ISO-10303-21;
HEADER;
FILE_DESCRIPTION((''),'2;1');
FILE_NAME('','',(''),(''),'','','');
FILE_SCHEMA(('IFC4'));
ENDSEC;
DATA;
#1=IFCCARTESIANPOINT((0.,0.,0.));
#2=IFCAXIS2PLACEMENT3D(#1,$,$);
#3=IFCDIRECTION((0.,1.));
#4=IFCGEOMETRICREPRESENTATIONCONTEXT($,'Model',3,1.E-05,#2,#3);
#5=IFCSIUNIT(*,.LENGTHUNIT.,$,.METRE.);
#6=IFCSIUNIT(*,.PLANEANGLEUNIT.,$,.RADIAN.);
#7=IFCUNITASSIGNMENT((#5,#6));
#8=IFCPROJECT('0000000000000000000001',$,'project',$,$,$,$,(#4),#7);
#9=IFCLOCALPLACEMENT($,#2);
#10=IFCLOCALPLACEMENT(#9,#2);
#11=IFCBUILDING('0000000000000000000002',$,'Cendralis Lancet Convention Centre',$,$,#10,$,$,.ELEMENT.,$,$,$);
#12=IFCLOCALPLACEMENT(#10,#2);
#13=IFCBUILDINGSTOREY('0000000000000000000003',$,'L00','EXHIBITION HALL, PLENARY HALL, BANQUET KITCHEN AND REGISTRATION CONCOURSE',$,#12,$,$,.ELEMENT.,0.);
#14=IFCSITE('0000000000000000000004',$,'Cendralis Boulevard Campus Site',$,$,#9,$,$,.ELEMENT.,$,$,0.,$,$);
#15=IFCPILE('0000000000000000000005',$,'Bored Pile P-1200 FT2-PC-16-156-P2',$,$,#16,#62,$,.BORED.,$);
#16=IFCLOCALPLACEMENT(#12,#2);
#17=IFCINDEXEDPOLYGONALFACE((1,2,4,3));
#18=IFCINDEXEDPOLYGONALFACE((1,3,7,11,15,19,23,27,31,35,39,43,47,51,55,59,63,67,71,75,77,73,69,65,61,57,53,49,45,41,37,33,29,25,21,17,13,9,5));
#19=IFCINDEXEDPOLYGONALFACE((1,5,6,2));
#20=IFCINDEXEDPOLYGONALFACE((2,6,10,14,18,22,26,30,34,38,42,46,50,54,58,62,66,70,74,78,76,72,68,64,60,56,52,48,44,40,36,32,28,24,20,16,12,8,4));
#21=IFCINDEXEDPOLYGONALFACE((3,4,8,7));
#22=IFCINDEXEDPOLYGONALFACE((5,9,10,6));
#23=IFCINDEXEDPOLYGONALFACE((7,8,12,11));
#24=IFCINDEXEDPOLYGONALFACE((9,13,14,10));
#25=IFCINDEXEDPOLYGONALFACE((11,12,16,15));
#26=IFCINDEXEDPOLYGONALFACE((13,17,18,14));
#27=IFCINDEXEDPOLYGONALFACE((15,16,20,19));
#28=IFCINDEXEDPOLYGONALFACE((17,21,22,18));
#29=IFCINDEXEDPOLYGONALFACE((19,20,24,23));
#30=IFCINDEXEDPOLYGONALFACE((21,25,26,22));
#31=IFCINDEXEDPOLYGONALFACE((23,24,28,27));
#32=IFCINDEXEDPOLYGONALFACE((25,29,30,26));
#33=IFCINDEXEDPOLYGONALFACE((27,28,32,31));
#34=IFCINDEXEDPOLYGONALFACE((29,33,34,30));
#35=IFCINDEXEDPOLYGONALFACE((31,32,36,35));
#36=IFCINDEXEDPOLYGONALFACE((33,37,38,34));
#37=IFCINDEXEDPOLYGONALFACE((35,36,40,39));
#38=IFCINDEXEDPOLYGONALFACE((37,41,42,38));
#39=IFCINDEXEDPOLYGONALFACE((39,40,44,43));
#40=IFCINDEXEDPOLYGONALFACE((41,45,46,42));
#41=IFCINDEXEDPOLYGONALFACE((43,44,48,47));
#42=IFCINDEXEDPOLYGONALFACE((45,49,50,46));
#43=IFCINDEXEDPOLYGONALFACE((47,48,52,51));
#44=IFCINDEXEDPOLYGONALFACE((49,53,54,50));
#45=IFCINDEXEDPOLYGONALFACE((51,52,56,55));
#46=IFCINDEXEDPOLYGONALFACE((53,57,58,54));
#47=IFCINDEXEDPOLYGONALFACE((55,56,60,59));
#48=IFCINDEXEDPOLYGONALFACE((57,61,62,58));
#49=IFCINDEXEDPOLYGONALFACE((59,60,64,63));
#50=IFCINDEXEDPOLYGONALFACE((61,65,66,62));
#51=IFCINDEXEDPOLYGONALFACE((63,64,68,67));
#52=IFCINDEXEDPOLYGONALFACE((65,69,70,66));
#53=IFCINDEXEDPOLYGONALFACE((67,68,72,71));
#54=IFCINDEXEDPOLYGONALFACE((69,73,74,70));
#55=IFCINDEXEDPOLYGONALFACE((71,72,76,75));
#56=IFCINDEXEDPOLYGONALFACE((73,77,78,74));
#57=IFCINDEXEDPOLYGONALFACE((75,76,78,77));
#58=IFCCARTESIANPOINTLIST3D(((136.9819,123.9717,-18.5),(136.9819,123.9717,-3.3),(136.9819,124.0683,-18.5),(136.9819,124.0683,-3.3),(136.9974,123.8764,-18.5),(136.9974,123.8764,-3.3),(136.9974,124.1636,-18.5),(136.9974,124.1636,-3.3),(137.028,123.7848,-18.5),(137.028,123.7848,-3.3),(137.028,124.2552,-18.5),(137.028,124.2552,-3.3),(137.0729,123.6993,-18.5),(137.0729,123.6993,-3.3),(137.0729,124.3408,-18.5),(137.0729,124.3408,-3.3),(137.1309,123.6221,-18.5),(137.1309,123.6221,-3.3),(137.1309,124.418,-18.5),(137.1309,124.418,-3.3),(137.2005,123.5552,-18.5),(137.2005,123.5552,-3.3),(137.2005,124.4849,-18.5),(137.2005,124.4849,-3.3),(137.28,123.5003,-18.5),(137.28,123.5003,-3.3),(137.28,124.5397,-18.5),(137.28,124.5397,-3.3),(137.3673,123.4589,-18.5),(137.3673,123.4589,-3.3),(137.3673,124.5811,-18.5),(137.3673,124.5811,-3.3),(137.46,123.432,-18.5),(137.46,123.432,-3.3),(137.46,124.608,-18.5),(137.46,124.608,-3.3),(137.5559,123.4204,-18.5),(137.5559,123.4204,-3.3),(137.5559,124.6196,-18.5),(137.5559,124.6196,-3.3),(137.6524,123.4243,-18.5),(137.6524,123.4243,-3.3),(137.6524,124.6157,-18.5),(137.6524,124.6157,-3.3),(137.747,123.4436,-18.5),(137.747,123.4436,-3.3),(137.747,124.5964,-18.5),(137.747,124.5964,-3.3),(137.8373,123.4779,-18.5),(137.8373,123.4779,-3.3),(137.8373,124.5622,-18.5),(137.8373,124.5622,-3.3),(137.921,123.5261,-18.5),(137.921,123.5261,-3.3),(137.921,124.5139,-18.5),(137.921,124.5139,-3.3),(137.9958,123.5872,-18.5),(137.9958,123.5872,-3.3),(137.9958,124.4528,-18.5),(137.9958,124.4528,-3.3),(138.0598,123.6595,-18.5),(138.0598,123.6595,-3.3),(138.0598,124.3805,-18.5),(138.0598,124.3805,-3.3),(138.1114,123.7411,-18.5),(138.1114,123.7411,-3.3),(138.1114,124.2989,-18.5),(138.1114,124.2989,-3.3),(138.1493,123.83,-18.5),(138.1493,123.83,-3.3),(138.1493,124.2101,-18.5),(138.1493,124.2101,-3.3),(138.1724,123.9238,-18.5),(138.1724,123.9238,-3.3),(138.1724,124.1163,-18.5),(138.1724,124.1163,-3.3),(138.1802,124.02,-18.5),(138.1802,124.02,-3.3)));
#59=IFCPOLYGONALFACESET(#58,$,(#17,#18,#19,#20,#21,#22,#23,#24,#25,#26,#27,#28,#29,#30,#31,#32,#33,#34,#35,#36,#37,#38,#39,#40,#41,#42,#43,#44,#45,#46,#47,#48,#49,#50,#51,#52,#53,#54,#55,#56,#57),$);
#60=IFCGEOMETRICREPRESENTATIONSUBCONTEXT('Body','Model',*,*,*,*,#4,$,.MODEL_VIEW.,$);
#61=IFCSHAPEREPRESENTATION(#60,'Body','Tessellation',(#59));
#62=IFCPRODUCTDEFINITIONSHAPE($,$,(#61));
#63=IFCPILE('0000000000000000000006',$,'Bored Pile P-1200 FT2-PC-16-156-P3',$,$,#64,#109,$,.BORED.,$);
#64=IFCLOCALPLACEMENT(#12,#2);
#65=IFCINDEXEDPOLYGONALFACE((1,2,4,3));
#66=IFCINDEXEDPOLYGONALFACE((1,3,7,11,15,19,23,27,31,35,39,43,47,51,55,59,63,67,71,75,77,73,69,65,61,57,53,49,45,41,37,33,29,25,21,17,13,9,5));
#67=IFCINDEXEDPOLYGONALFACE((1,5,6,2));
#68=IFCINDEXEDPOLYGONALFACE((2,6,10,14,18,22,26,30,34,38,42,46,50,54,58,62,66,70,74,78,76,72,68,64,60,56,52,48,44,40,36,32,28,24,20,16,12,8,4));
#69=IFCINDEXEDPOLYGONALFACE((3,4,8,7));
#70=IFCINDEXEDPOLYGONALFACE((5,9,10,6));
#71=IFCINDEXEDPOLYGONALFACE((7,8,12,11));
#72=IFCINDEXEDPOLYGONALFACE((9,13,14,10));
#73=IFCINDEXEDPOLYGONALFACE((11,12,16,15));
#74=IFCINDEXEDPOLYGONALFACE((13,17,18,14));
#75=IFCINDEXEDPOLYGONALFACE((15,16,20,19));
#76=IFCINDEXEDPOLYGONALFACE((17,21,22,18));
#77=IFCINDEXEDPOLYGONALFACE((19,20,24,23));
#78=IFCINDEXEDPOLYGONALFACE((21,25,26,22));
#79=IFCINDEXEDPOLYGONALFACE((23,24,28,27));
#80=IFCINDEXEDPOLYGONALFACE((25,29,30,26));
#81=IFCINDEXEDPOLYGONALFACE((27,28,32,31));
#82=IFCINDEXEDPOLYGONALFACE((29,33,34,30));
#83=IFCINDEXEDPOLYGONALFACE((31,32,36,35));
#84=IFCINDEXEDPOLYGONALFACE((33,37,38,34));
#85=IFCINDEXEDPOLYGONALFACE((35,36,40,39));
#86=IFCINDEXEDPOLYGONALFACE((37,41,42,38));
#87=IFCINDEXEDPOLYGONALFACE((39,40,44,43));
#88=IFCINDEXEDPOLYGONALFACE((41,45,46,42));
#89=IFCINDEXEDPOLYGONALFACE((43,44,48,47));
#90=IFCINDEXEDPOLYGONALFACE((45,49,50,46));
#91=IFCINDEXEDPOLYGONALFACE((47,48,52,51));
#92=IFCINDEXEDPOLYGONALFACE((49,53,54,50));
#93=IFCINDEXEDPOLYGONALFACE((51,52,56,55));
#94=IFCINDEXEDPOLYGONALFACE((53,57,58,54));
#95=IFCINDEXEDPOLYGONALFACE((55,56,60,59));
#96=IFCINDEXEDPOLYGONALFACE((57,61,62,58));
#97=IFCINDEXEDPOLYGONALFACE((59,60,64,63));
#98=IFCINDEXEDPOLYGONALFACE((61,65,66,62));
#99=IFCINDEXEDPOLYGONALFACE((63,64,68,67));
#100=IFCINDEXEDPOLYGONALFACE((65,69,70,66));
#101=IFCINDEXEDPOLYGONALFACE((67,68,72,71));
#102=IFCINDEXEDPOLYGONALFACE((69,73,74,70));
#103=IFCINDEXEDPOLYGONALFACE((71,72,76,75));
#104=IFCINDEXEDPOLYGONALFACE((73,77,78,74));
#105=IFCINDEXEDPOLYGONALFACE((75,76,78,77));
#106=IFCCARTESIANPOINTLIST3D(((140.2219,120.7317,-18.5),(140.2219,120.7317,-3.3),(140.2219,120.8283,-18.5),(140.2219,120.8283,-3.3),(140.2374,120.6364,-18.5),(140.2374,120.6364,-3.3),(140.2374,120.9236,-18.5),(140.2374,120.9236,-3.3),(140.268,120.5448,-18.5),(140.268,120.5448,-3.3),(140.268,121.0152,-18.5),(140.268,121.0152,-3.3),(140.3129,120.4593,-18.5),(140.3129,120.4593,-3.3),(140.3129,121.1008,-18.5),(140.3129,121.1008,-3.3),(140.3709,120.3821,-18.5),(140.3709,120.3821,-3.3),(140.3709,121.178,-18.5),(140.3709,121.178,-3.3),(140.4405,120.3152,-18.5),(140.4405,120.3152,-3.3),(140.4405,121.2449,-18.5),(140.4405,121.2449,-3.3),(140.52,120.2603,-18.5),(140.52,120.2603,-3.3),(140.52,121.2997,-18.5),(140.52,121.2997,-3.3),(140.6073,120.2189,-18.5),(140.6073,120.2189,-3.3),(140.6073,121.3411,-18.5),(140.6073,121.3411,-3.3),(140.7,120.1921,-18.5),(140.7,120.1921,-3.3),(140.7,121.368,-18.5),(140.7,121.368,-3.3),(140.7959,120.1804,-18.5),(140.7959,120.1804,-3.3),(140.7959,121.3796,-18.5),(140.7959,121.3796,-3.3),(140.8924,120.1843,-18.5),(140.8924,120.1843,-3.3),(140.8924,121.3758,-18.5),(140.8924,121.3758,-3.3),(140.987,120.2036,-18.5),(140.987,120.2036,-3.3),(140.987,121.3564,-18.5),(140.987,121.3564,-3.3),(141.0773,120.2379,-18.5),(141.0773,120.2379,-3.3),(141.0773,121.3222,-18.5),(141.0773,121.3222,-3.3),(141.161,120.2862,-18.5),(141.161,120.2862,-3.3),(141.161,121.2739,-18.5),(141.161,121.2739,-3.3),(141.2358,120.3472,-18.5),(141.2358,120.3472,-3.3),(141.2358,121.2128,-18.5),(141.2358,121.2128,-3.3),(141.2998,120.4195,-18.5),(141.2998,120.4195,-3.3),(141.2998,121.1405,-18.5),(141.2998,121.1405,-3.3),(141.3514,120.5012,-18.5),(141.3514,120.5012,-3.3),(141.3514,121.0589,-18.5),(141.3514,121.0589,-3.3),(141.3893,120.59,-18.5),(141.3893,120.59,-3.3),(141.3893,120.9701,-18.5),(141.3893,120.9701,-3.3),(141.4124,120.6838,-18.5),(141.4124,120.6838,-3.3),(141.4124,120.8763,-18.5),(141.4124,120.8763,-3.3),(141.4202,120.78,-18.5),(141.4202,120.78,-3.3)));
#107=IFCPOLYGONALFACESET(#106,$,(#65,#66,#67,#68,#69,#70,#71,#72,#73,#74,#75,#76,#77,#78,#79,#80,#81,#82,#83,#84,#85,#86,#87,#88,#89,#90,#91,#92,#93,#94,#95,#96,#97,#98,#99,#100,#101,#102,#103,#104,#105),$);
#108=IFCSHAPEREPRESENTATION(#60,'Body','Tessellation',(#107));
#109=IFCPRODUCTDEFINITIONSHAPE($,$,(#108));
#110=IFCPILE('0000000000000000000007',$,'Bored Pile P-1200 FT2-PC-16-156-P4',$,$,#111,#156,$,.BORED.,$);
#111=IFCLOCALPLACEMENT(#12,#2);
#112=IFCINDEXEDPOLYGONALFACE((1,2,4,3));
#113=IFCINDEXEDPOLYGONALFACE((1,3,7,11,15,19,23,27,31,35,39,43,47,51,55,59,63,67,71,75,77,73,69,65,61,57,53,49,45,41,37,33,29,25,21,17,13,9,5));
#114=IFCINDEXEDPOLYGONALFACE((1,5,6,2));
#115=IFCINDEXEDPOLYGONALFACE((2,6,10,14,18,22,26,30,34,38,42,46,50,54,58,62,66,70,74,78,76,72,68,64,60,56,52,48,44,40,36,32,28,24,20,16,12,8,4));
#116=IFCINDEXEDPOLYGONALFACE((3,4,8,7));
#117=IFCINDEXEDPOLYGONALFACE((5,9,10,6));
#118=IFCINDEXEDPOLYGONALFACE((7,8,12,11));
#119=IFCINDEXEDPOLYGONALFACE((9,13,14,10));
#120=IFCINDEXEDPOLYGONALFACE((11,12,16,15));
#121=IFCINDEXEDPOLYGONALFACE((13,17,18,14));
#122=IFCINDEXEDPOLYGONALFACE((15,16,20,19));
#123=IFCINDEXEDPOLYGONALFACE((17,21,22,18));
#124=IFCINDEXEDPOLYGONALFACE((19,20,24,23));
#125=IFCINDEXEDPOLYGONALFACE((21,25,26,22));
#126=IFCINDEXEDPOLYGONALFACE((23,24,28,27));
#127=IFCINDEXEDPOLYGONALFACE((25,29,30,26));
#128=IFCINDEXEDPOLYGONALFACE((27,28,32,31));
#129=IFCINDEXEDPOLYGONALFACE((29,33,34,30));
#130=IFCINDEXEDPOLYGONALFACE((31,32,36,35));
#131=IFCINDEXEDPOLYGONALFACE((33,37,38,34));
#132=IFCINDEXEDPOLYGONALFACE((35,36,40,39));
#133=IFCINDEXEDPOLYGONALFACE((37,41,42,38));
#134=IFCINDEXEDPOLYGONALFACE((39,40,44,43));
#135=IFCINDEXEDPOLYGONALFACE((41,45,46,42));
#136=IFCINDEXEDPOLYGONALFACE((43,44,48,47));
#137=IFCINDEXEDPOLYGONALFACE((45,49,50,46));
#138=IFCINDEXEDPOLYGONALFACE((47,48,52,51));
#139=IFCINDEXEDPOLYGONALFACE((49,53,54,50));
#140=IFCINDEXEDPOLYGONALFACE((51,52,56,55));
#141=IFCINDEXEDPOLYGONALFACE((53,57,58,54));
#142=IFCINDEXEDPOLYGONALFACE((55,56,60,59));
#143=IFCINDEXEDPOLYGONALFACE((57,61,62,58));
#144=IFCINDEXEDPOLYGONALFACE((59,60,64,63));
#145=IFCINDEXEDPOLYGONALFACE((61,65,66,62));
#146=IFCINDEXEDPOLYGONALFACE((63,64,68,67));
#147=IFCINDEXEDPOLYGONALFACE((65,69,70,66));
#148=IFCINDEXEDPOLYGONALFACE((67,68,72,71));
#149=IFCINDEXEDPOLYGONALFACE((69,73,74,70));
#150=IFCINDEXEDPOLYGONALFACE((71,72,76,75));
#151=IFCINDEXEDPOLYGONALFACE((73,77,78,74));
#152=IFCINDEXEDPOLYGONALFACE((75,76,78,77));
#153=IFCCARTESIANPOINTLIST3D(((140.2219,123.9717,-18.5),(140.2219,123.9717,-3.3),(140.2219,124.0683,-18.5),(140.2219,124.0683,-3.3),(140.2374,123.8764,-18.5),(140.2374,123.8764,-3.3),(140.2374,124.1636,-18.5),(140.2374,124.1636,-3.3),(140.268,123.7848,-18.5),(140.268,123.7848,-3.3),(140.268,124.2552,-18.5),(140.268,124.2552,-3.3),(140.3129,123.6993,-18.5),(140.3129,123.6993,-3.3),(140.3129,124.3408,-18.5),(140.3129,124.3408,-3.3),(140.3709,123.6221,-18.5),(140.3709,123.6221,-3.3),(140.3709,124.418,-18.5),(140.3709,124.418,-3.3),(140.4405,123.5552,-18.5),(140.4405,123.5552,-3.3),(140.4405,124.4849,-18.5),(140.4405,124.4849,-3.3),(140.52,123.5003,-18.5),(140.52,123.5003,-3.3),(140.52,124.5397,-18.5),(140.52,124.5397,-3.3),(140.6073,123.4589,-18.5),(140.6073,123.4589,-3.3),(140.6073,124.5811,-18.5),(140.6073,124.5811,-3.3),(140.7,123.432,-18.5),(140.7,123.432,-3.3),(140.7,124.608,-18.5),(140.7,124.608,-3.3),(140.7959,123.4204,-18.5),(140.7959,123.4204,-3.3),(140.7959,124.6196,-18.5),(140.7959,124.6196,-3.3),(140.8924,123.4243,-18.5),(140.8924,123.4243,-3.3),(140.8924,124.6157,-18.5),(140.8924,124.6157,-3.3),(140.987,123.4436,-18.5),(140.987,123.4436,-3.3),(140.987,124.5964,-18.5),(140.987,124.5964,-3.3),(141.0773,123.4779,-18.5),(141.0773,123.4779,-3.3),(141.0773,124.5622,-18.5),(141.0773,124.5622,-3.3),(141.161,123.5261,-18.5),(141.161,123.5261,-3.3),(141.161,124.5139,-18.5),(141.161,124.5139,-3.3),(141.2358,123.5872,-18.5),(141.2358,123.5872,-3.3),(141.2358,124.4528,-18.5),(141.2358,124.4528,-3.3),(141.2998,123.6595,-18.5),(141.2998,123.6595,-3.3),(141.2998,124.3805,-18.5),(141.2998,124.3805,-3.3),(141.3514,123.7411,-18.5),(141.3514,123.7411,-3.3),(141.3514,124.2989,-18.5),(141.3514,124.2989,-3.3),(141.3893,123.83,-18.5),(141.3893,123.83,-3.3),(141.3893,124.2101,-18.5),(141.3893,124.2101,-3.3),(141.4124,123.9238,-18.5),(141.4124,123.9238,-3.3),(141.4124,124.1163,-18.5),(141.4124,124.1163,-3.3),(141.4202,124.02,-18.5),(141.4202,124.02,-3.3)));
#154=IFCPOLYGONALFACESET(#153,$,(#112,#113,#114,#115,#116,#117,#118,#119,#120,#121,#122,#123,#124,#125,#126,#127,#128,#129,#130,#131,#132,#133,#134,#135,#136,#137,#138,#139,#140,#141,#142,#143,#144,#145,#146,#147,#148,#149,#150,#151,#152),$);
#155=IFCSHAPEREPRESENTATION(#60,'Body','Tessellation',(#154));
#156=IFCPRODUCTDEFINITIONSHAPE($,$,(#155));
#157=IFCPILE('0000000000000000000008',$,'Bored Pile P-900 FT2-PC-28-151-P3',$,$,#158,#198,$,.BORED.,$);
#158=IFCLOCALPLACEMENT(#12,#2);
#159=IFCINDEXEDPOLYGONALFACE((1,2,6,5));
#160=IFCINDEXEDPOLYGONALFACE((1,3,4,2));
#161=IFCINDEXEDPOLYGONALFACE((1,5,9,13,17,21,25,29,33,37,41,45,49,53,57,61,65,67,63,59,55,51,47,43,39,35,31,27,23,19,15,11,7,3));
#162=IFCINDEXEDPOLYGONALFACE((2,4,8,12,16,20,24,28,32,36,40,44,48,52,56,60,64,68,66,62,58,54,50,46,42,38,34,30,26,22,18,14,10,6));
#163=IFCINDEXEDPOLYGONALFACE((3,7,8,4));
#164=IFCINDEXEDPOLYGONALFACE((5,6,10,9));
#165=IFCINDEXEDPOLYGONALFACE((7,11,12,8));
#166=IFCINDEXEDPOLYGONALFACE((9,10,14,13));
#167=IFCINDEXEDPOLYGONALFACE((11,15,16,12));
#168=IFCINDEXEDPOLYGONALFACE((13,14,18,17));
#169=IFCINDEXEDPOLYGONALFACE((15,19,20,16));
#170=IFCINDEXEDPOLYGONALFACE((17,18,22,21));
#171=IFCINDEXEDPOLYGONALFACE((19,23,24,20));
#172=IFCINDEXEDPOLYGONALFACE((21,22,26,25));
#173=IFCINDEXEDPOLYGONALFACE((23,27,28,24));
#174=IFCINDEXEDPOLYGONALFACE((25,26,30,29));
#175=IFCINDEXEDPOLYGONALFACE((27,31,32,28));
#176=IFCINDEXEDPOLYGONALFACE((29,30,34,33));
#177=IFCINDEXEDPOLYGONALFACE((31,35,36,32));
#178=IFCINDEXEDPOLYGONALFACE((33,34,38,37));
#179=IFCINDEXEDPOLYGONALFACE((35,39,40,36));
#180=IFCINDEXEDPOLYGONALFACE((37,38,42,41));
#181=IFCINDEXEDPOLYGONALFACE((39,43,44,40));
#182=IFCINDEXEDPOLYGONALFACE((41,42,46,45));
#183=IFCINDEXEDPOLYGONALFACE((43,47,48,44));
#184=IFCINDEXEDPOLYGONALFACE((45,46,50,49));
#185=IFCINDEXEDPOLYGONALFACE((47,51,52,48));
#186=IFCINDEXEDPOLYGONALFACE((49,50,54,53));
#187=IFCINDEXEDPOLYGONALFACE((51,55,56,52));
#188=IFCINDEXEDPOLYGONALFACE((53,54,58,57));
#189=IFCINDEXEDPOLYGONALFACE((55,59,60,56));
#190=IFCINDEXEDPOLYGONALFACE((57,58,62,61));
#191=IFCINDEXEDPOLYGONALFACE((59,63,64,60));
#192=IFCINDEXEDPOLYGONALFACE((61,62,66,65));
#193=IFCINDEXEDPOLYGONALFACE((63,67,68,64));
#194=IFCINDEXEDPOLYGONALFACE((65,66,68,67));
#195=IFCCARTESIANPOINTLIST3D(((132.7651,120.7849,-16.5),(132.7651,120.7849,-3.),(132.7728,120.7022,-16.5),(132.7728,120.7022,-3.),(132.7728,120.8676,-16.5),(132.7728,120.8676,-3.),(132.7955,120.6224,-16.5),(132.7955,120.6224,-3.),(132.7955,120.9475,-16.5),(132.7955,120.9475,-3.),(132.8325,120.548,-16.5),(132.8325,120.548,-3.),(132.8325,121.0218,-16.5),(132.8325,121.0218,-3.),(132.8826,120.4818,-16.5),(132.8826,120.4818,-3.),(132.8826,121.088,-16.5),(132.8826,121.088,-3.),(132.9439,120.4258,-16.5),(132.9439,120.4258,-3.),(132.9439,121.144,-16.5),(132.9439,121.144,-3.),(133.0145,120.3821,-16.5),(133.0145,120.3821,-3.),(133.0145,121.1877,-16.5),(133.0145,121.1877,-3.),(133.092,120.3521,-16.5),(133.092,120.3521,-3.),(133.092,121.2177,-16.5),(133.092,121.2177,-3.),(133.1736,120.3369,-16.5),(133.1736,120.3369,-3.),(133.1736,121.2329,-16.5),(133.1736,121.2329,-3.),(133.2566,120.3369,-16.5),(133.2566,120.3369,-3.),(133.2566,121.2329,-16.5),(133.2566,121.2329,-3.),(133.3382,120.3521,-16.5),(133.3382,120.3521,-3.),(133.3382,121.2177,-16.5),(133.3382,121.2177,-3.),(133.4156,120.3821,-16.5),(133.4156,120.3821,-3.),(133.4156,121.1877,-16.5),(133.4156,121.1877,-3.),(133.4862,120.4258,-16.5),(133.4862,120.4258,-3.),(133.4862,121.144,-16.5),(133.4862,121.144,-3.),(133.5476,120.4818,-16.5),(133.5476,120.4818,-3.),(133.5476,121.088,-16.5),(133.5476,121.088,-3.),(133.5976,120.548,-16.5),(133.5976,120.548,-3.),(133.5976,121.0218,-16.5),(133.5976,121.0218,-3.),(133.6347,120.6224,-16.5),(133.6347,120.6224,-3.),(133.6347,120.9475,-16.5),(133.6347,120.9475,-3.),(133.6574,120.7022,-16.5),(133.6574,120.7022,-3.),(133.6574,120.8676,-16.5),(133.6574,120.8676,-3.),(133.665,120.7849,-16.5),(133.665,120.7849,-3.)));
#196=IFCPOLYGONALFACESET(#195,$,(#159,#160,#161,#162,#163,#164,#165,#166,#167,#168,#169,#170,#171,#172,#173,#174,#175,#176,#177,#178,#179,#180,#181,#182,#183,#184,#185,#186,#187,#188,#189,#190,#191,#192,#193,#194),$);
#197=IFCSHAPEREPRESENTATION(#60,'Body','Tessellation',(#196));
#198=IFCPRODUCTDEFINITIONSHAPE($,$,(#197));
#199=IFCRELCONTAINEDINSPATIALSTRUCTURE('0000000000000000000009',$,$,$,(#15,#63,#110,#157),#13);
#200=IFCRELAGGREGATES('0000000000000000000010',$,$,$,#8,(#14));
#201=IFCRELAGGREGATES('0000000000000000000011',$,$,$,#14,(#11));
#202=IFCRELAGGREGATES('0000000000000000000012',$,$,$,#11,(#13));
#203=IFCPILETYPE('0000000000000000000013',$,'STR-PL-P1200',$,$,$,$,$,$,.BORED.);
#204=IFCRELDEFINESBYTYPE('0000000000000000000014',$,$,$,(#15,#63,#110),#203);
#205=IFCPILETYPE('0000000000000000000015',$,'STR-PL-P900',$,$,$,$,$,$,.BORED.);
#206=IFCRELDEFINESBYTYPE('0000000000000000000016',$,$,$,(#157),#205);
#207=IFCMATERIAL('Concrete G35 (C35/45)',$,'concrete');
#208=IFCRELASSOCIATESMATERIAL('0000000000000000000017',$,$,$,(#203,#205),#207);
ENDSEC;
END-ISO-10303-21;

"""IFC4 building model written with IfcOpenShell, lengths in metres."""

from ifc_helpers import new_model, si_unit, direction, frame, origin, origin_2d, place, context, subcontext, project, spatial, circle, extrude, material, material_profile, profile_set, type_object, element, save


model = new_model("IFC4")

# Units and contexts
model_context = context("Model", 3, precision=1e-05, world=origin(), true_north=direction((0.0, 1.0)))
body_context = subcontext(model_context, "Body", "Model", "MODEL_VIEW")
ifc_project = project(units=[si_unit("LENGTHUNIT", "METRE"), si_unit("PLANEANGLEUNIT", "RADIAN")], contexts=[model_context])

# Site, building, storey
site_placement = place(None, origin())
site = spatial("IfcSite", under=ifc_project, at=site_placement, Name="Cendralis Boulevard Campus Site", CompositionType="ELEMENT", RefElevation=0.0)
building_placement = place(site_placement, origin())
building = spatial("IfcBuilding", under=site, at=building_placement, Name="Cendralis Lancet Convention Centre", CompositionType="ELEMENT")
storey_placement = place(building_placement, origin())
storey = spatial("IfcBuildingStorey", under=building, at=storey_placement, Name="L00", Description="EXHIBITION HALL, PLENARY HALL, BANQUET KITCHEN AND REGISTRATION CONCOURSE", CompositionType="ELEMENT", Elevation=0.0)

# Shared definitions
ifc_material_1 = material(Name="Concrete G35 (C35/45)", Category="concrete")

# Piles
ifc_material_profile_1 = material_profile(ifc_material_1, circle(Radius=0.6001, at=origin_2d()), Name="BORED PILE D1200")
ifc_profile_set_1 = profile_set([ifc_material_profile_1], Name="Concrete G35 (C35/45)")
pile_type_1 = type_object("IfcPileType", Name="STR-PL-P1200", PredefinedType="BORED", material=ifc_profile_set_1)
for number, where, z_axis, x_axis, name in (
    (1, (137.5801, 124.02, -3.3), (0.0, 0.0, -1.0), (1.0, 0.0, 0.0), "Bored Pile P-1200 FT2-PC-16-156-P2"),
    (2, (140.8201, 120.78, -3.3), (0.0, 0.0, -1.0), (1.0, 0.0, 0.0), "Bored Pile P-1200 FT2-PC-16-156-P3"),
    (3, (140.8201, 124.02, -3.3), (0.0, 0.0, -1.0), (1.0, 0.0, 0.0), "Bored Pile P-1200 FT2-PC-16-156-P4"),
):
    element("IfcPile", number, at=place(storey_placement, frame(where, z_axis=z_axis, x_axis=x_axis)), inside=storey, type_object=pile_type_1, Name=name, PredefinedType="BORED", context=body_context, shape_type="SweptSolid", body=[
        extrude(circle(Radius=0.6001, at=origin_2d()), origin(), (0.0, 0.0, 1.0), 15.2),
    ])
ifc_material_profile_2 = material_profile(ifc_material_1, circle(Radius=0.45, at=origin_2d()), Name="BORED PILE D900")
ifc_profile_set_2 = profile_set([ifc_material_profile_2], Name="Concrete G35 (C35/45)")
pile_type_2 = type_object("IfcPileType", Name="STR-PL-P900", PredefinedType="BORED", material=ifc_profile_set_2)
for number, where, z_axis, x_axis, name in (
    (4, (133.2151, 120.7849, -3.0), (0.0, 0.0, -1.0), (1.0, 0.0, 0.0), "Bored Pile P-900 FT2-PC-28-151-P3"),
):
    element("IfcPile", number, at=place(storey_placement, frame(where, z_axis=z_axis, x_axis=x_axis)), inside=storey, type_object=pile_type_2, Name=name, PredefinedType="BORED", context=body_context, shape_type="SweptSolid", body=[
        extrude(circle(Radius=0.45, at=origin_2d()), origin(), (0.0, 0.0, 1.0), 13.5),
    ])

save(model, "model.ifc")
